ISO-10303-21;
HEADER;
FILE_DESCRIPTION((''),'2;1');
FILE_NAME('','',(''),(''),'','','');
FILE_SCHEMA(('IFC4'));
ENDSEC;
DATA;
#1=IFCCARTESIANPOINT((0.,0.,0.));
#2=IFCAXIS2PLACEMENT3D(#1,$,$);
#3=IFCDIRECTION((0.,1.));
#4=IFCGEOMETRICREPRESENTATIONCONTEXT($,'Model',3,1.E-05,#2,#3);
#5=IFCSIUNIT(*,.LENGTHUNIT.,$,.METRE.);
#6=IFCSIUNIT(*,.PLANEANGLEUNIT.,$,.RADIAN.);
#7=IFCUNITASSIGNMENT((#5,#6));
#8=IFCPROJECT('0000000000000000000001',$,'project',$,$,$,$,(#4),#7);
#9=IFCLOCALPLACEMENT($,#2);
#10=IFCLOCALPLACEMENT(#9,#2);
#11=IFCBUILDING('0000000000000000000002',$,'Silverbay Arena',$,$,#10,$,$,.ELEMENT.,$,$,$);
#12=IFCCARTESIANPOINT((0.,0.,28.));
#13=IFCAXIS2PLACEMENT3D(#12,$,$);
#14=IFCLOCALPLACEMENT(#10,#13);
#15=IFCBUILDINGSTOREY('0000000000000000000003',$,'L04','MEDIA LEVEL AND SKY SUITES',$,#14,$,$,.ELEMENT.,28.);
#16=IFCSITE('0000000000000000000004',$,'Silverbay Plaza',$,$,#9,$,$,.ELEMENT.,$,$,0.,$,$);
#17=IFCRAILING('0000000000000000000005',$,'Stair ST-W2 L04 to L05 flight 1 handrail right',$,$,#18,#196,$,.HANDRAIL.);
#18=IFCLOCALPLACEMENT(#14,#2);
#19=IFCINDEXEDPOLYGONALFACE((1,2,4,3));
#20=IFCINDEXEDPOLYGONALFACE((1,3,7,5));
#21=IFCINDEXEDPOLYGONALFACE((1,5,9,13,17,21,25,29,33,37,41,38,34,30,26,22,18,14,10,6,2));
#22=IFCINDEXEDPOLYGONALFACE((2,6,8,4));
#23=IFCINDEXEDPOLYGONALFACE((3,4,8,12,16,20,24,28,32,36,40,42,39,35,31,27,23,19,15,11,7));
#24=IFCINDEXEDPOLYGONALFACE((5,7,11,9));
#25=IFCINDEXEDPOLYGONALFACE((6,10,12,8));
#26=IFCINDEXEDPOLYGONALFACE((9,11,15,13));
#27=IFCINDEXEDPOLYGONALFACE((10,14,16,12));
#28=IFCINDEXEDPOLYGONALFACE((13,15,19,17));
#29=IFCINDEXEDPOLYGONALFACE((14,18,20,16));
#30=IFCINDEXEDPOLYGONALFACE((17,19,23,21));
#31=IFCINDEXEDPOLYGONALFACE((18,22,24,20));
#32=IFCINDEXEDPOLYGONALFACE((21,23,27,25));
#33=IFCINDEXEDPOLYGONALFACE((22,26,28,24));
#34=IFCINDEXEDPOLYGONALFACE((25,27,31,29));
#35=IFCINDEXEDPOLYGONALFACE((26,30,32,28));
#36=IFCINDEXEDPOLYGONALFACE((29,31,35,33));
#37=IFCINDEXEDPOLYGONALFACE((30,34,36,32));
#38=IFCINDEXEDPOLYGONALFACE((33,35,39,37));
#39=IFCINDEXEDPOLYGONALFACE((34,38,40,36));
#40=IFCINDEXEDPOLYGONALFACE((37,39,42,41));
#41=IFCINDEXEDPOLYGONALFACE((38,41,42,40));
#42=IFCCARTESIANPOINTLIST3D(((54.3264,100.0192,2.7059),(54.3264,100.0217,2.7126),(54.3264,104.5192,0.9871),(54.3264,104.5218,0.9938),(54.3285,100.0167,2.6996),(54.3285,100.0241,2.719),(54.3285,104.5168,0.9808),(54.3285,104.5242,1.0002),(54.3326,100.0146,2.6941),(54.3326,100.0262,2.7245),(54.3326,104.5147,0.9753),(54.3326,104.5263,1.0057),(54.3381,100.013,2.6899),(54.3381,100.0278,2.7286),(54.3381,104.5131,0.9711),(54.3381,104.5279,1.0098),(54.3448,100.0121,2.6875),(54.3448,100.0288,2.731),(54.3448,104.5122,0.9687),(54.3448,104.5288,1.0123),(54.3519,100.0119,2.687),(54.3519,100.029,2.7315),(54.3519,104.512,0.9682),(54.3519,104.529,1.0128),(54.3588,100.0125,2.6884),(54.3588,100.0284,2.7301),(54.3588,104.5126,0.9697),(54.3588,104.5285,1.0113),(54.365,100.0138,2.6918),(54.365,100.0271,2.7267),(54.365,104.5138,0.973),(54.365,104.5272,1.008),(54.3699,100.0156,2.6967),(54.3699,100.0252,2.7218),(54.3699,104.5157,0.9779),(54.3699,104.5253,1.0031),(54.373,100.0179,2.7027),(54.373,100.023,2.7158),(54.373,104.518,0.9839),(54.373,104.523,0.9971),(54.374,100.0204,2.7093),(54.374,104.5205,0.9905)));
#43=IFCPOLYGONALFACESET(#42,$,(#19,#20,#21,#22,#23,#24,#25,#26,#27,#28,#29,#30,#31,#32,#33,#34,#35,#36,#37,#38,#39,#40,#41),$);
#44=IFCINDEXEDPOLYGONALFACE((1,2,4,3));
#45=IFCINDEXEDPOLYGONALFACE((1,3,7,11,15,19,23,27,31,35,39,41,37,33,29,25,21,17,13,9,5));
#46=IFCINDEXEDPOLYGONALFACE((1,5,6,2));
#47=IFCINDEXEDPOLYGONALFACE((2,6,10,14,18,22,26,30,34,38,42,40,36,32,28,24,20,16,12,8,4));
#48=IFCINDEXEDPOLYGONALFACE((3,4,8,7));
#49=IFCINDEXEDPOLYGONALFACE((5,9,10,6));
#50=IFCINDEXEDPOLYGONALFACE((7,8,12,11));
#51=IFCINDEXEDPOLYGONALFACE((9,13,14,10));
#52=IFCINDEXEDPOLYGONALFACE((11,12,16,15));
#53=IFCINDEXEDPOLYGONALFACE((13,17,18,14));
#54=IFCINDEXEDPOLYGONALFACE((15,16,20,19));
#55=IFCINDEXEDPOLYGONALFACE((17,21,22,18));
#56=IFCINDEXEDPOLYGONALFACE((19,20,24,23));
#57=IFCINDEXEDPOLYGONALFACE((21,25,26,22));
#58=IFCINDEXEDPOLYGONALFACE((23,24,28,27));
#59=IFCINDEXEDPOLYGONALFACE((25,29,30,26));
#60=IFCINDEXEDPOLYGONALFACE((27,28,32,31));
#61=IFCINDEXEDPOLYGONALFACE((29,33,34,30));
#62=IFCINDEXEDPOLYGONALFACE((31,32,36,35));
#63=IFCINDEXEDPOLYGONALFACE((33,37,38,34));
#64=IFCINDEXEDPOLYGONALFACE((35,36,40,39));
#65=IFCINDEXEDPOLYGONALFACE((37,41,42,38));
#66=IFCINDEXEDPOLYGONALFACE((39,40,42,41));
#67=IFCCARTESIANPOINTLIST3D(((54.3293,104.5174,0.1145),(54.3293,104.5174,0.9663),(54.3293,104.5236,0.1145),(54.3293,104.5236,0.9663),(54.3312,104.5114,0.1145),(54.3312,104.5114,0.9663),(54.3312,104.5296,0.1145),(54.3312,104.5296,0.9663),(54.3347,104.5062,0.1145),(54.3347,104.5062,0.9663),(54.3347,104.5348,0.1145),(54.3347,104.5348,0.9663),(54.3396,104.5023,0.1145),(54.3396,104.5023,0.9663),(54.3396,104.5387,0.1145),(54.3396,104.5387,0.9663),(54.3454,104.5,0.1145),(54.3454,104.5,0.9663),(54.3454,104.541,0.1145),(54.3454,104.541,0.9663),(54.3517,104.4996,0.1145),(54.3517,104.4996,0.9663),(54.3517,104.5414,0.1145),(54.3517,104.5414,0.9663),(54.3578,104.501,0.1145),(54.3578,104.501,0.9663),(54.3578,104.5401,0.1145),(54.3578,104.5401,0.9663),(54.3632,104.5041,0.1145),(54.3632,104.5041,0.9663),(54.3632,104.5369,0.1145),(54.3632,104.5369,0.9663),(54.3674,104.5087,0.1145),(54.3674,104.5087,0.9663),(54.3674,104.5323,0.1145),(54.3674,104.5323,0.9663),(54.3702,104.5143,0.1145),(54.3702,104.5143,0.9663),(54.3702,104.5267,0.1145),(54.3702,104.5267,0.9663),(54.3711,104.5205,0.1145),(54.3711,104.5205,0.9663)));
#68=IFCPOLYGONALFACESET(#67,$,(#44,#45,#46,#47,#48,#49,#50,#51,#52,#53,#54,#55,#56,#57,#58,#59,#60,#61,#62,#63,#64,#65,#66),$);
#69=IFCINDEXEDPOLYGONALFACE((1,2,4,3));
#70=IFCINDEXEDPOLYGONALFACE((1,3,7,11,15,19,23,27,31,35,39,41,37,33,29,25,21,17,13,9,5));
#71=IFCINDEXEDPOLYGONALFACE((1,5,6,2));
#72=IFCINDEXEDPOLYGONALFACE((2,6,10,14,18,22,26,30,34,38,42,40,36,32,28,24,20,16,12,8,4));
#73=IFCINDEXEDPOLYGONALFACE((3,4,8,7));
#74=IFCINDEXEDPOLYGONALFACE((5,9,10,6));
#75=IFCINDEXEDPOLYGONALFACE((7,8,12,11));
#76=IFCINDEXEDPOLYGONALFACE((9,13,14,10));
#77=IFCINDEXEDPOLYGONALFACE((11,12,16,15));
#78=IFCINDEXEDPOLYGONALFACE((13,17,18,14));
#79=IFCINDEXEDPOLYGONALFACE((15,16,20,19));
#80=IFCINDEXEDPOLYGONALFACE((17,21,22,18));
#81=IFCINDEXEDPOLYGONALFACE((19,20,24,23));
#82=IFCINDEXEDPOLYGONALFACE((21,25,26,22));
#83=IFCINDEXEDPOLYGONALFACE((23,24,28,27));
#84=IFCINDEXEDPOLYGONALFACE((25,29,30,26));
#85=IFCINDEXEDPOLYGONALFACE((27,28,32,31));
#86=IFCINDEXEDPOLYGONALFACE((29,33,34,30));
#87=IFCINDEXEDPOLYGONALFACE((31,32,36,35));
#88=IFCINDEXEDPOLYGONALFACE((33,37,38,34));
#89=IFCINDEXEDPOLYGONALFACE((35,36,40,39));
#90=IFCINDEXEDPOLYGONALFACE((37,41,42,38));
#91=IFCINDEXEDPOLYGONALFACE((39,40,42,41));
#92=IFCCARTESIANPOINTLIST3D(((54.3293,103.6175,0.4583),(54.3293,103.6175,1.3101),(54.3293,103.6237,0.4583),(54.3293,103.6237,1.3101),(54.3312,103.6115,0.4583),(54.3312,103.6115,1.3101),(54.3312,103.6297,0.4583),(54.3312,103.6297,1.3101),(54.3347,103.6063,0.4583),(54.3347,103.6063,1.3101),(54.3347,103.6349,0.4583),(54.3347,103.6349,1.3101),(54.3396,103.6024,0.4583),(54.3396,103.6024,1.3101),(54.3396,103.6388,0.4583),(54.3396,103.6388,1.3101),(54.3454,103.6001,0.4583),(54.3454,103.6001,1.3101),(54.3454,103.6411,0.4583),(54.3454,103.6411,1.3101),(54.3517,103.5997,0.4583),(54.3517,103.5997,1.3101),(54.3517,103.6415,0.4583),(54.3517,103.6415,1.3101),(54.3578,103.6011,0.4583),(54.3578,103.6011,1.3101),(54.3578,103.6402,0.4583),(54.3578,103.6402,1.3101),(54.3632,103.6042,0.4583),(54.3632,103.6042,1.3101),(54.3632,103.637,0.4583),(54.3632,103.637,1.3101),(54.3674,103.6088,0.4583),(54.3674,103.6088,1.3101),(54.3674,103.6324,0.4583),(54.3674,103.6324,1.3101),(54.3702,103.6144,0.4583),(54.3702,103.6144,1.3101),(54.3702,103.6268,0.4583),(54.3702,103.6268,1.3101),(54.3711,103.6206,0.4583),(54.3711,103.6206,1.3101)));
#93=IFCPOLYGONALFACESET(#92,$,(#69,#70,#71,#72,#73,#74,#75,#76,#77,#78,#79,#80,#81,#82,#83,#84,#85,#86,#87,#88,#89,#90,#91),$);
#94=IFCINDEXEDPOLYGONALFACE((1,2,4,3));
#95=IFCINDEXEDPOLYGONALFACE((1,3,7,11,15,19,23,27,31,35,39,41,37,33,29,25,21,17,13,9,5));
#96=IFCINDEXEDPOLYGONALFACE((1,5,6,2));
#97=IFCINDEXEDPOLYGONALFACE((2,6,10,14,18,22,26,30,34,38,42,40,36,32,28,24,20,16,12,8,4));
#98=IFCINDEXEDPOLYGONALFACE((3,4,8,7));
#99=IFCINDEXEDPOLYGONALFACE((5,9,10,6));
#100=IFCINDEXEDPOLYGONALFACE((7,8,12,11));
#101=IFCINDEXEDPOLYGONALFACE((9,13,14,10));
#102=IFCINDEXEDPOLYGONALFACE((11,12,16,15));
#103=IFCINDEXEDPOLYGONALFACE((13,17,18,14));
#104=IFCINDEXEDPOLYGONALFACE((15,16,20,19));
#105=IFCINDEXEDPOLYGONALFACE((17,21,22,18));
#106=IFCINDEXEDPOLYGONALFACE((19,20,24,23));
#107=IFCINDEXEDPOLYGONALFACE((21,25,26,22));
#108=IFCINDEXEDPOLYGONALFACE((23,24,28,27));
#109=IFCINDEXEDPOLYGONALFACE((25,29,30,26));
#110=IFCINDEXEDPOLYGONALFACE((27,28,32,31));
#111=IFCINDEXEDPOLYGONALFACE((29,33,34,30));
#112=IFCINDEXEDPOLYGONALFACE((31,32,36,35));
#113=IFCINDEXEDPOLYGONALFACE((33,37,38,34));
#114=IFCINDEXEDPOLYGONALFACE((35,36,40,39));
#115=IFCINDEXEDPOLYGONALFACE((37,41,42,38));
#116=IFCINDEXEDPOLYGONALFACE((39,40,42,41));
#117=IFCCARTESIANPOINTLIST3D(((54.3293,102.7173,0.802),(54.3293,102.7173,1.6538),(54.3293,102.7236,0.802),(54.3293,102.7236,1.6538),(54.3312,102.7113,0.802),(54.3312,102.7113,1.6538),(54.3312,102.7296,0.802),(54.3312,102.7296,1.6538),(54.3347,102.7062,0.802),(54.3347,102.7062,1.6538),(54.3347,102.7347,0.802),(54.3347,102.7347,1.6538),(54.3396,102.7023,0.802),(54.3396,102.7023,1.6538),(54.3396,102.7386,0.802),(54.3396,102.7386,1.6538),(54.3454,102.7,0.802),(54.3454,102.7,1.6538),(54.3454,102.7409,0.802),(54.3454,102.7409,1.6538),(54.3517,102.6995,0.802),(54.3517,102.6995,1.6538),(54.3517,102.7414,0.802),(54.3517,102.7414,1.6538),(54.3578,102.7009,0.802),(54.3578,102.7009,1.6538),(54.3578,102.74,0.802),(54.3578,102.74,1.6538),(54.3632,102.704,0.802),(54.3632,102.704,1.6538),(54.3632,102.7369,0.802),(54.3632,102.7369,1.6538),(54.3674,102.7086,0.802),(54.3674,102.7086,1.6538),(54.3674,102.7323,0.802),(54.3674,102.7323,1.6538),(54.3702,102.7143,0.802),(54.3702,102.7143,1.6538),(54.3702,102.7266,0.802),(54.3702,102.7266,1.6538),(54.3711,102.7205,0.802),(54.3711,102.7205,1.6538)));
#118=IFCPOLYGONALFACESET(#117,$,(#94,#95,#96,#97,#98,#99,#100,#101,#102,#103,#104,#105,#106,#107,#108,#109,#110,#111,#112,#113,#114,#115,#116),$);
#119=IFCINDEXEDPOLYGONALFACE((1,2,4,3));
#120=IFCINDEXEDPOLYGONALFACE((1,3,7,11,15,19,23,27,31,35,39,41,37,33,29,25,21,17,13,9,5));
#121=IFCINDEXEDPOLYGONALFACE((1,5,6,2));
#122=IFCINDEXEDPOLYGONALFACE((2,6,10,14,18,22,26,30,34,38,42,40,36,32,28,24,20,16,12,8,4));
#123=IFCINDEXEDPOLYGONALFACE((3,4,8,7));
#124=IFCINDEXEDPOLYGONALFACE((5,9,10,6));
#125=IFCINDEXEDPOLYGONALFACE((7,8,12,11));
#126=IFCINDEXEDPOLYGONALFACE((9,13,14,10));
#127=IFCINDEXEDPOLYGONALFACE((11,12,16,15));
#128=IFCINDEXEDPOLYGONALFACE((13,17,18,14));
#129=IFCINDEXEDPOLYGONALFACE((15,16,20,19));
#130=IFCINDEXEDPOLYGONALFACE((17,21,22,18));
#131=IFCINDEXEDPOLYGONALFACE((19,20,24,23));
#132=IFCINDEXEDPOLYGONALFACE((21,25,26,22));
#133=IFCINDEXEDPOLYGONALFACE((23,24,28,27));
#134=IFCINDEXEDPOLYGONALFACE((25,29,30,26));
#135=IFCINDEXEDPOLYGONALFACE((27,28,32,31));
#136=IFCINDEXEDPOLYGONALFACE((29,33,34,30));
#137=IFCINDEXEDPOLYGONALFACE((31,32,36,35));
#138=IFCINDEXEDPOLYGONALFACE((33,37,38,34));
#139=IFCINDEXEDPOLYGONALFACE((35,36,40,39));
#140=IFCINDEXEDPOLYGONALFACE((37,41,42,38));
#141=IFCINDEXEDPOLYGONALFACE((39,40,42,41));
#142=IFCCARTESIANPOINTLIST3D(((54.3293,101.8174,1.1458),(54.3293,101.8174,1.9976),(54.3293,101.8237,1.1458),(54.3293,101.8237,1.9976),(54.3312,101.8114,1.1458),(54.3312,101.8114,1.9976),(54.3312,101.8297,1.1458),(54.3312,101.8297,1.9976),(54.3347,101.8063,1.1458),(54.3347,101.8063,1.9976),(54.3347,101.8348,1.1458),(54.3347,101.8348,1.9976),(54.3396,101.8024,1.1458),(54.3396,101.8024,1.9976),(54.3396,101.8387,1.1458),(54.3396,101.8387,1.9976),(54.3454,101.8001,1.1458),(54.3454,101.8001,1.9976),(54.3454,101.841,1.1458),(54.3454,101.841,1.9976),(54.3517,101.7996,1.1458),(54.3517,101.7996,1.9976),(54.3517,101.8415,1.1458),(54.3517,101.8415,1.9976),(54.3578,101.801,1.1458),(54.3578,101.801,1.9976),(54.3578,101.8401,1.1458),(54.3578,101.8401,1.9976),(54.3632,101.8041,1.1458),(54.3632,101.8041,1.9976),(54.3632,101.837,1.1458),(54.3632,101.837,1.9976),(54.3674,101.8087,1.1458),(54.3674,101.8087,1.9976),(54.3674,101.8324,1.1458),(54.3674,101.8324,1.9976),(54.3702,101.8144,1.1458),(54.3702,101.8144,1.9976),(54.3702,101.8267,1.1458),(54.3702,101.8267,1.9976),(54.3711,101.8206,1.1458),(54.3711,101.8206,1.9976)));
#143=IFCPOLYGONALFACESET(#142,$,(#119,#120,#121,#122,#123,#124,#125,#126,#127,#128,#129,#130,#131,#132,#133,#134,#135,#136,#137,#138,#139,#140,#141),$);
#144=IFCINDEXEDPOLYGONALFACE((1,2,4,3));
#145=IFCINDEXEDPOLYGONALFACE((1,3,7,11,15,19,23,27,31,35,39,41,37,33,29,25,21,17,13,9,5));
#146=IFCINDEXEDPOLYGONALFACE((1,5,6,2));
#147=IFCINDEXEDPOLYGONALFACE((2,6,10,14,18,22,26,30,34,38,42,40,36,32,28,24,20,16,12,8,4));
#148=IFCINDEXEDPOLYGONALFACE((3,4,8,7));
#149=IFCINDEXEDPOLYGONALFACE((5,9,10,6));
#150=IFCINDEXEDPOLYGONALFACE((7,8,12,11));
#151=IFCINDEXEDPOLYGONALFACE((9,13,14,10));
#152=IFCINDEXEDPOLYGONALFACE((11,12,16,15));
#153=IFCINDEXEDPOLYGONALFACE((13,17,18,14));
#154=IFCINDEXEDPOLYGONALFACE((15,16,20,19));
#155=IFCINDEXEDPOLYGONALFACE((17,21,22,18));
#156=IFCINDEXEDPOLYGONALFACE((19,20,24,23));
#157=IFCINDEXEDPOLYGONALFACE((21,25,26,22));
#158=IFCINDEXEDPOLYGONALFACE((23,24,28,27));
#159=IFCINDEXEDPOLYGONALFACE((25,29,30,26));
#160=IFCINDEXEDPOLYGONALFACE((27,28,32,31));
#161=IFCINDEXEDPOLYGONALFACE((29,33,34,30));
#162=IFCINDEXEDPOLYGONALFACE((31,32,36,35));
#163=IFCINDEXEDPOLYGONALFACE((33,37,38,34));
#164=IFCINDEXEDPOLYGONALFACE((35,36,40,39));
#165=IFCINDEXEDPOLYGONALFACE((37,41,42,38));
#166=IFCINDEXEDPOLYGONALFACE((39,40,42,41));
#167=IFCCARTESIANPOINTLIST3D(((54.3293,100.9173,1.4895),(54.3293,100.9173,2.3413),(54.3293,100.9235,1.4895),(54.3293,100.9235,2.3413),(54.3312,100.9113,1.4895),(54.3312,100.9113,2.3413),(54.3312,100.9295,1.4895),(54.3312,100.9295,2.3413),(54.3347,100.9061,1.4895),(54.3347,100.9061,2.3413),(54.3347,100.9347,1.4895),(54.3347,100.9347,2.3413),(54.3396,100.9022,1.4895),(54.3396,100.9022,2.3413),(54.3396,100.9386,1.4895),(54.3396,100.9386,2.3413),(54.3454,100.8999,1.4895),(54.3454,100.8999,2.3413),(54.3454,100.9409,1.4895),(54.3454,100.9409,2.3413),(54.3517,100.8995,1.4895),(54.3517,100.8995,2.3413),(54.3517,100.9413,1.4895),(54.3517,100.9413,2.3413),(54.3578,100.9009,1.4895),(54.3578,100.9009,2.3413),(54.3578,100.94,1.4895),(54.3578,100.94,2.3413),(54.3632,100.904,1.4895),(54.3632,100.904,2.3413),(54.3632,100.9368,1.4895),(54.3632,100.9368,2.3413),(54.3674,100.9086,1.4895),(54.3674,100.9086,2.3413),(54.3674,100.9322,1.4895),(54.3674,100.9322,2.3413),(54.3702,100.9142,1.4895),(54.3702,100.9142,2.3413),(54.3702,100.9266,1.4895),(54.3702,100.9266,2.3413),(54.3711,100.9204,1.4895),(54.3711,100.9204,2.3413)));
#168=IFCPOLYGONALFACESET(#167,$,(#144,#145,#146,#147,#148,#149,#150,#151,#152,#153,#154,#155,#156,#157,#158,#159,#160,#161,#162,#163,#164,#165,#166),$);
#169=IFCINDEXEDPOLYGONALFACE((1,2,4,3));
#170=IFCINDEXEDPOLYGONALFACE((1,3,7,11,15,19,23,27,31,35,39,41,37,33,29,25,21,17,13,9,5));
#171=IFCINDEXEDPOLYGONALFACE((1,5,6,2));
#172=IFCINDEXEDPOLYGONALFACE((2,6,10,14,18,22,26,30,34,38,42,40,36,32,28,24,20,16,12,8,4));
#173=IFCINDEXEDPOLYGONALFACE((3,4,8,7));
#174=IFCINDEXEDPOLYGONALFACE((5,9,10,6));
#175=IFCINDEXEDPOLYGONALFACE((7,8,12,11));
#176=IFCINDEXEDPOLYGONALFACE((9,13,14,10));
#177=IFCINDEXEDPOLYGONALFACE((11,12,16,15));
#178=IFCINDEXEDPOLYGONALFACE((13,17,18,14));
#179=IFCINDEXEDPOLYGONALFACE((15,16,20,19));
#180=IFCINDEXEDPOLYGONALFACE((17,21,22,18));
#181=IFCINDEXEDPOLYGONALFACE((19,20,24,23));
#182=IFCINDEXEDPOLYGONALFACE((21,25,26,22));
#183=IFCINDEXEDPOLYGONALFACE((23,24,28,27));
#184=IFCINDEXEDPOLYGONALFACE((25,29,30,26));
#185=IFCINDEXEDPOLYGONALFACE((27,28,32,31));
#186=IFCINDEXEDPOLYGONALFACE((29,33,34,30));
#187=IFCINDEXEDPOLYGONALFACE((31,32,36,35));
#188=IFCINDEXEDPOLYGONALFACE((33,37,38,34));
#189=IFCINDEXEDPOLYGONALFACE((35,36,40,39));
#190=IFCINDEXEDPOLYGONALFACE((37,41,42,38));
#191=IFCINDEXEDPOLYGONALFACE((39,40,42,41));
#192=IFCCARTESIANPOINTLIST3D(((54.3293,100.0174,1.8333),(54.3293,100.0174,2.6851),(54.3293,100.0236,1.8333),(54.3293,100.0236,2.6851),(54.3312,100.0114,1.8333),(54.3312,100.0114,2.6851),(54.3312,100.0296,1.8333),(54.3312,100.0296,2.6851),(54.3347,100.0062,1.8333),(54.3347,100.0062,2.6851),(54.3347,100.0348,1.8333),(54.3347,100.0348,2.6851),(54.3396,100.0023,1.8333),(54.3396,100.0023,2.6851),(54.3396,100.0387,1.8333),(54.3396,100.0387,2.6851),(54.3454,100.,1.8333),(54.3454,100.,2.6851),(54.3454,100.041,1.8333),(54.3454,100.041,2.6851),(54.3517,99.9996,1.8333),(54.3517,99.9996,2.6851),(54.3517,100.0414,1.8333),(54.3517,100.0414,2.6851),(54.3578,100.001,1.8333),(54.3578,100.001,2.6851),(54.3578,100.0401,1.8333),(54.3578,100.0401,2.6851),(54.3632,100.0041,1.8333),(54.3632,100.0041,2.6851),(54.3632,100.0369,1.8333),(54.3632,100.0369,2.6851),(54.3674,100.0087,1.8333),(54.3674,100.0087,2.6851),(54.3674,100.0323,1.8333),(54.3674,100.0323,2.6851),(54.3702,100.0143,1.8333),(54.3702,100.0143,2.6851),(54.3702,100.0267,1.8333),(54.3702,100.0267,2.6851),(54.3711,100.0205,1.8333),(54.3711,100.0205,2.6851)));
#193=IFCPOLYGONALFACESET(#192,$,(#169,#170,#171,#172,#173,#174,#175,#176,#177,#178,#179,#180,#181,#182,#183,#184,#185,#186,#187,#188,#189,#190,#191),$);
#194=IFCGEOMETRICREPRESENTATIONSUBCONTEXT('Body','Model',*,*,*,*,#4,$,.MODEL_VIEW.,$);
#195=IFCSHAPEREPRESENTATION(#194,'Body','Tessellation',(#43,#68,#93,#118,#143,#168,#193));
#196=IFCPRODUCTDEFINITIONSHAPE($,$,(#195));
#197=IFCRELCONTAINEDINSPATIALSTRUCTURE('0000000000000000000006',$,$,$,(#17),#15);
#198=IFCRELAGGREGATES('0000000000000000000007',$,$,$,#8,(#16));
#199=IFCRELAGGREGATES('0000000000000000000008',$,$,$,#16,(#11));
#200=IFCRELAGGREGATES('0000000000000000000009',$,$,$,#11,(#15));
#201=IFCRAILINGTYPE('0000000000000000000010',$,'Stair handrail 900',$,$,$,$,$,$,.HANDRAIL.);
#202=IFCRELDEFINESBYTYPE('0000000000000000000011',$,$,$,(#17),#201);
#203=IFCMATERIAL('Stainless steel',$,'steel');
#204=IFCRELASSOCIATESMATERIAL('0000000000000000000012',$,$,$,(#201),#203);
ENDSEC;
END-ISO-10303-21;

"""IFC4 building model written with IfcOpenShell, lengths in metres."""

from ifc_helpers import new_model, si_unit, direction, frame, origin, origin_2d, place, context, subcontext, project, spatial, circle, extrude, material, type_object, element, save


model = new_model("IFC4")

# Units and contexts
model_context = context("Model", 3, precision=1e-05, world=origin(), true_north=direction((0.0, 1.0)))
body_context = subcontext(model_context, "Body", "Model", "MODEL_VIEW")
ifc_project = project(units=[si_unit("LENGTHUNIT", "METRE"), si_unit("PLANEANGLEUNIT", "RADIAN")], contexts=[model_context])

# Site, building, storey
site_placement = place(None, origin())
site = spatial("IfcSite", under=ifc_project, at=site_placement, Name="Silverbay Plaza", CompositionType="ELEMENT", RefElevation=0.0)
building_placement = place(site_placement, origin())
building = spatial("IfcBuilding", under=site, at=building_placement, Name="Silverbay Arena", CompositionType="ELEMENT")
storey_placement = place(building_placement, frame((0.0, 0.0, 28.0)))
storey = spatial("IfcBuildingStorey", under=building, at=storey_placement, Name="L04", Description="MEDIA LEVEL AND SKY SUITES", CompositionType="ELEMENT", Elevation=28.0)

# Railing
ifc_material_1 = material(Name="Stainless steel", Category="steel")
railing_type_1 = type_object("IfcRailingType", Name="Stair handrail 900", PredefinedType="HANDRAIL", material=ifc_material_1)
railing_1_placement = place(storey_placement, frame((54.3501, 104.5205, 0.1145)))
element("IfcRailing", 1, at=railing_1_placement, inside=storey, type_object=railing_type_1, Name="Stair ST-W2 L04 to L05 flight 1 handrail right", PredefinedType="HANDRAIL", context=body_context, shape_type="SweptSolid", body=[
    extrude(circle(Radius=0.0239, at=origin_2d()), frame((0.0, 0.0, 0.876), z_axis=(0.0, -0.934179, 0.356805), x_axis=(1.0, 0.0, 0.0)), (0.0, 0.0, 1.0), 4.8171),
    extrude(circle(Radius=0.021, at=origin_2d()), origin(), (0.0, 0.0, 1.0), 0.8518),
    extrude(circle(Radius=0.021, at=origin_2d()), frame((0.0, -0.8999, 0.3438)), (0.0, 0.0, 1.0), 0.8518),
    extrude(circle(Radius=0.021, at=origin_2d()), frame((0.0, -1.8, 0.6875)), (0.0, 0.0, 1.0), 0.8518),
    extrude(circle(Radius=0.021, at=origin_2d()), frame((0.0, -2.7, 1.0312)), (0.0, 0.0, 1.0), 0.8518),
    extrude(circle(Radius=0.021, at=origin_2d()), frame((0.0, -3.6001, 1.375)), (0.0, 0.0, 1.0), 0.8518),
    extrude(circle(Radius=0.021, at=origin_2d()), frame((0.0, -4.5, 1.7188)), (0.0, 0.0, 1.0), 0.8518),
])

save(model, "model.ifc")
